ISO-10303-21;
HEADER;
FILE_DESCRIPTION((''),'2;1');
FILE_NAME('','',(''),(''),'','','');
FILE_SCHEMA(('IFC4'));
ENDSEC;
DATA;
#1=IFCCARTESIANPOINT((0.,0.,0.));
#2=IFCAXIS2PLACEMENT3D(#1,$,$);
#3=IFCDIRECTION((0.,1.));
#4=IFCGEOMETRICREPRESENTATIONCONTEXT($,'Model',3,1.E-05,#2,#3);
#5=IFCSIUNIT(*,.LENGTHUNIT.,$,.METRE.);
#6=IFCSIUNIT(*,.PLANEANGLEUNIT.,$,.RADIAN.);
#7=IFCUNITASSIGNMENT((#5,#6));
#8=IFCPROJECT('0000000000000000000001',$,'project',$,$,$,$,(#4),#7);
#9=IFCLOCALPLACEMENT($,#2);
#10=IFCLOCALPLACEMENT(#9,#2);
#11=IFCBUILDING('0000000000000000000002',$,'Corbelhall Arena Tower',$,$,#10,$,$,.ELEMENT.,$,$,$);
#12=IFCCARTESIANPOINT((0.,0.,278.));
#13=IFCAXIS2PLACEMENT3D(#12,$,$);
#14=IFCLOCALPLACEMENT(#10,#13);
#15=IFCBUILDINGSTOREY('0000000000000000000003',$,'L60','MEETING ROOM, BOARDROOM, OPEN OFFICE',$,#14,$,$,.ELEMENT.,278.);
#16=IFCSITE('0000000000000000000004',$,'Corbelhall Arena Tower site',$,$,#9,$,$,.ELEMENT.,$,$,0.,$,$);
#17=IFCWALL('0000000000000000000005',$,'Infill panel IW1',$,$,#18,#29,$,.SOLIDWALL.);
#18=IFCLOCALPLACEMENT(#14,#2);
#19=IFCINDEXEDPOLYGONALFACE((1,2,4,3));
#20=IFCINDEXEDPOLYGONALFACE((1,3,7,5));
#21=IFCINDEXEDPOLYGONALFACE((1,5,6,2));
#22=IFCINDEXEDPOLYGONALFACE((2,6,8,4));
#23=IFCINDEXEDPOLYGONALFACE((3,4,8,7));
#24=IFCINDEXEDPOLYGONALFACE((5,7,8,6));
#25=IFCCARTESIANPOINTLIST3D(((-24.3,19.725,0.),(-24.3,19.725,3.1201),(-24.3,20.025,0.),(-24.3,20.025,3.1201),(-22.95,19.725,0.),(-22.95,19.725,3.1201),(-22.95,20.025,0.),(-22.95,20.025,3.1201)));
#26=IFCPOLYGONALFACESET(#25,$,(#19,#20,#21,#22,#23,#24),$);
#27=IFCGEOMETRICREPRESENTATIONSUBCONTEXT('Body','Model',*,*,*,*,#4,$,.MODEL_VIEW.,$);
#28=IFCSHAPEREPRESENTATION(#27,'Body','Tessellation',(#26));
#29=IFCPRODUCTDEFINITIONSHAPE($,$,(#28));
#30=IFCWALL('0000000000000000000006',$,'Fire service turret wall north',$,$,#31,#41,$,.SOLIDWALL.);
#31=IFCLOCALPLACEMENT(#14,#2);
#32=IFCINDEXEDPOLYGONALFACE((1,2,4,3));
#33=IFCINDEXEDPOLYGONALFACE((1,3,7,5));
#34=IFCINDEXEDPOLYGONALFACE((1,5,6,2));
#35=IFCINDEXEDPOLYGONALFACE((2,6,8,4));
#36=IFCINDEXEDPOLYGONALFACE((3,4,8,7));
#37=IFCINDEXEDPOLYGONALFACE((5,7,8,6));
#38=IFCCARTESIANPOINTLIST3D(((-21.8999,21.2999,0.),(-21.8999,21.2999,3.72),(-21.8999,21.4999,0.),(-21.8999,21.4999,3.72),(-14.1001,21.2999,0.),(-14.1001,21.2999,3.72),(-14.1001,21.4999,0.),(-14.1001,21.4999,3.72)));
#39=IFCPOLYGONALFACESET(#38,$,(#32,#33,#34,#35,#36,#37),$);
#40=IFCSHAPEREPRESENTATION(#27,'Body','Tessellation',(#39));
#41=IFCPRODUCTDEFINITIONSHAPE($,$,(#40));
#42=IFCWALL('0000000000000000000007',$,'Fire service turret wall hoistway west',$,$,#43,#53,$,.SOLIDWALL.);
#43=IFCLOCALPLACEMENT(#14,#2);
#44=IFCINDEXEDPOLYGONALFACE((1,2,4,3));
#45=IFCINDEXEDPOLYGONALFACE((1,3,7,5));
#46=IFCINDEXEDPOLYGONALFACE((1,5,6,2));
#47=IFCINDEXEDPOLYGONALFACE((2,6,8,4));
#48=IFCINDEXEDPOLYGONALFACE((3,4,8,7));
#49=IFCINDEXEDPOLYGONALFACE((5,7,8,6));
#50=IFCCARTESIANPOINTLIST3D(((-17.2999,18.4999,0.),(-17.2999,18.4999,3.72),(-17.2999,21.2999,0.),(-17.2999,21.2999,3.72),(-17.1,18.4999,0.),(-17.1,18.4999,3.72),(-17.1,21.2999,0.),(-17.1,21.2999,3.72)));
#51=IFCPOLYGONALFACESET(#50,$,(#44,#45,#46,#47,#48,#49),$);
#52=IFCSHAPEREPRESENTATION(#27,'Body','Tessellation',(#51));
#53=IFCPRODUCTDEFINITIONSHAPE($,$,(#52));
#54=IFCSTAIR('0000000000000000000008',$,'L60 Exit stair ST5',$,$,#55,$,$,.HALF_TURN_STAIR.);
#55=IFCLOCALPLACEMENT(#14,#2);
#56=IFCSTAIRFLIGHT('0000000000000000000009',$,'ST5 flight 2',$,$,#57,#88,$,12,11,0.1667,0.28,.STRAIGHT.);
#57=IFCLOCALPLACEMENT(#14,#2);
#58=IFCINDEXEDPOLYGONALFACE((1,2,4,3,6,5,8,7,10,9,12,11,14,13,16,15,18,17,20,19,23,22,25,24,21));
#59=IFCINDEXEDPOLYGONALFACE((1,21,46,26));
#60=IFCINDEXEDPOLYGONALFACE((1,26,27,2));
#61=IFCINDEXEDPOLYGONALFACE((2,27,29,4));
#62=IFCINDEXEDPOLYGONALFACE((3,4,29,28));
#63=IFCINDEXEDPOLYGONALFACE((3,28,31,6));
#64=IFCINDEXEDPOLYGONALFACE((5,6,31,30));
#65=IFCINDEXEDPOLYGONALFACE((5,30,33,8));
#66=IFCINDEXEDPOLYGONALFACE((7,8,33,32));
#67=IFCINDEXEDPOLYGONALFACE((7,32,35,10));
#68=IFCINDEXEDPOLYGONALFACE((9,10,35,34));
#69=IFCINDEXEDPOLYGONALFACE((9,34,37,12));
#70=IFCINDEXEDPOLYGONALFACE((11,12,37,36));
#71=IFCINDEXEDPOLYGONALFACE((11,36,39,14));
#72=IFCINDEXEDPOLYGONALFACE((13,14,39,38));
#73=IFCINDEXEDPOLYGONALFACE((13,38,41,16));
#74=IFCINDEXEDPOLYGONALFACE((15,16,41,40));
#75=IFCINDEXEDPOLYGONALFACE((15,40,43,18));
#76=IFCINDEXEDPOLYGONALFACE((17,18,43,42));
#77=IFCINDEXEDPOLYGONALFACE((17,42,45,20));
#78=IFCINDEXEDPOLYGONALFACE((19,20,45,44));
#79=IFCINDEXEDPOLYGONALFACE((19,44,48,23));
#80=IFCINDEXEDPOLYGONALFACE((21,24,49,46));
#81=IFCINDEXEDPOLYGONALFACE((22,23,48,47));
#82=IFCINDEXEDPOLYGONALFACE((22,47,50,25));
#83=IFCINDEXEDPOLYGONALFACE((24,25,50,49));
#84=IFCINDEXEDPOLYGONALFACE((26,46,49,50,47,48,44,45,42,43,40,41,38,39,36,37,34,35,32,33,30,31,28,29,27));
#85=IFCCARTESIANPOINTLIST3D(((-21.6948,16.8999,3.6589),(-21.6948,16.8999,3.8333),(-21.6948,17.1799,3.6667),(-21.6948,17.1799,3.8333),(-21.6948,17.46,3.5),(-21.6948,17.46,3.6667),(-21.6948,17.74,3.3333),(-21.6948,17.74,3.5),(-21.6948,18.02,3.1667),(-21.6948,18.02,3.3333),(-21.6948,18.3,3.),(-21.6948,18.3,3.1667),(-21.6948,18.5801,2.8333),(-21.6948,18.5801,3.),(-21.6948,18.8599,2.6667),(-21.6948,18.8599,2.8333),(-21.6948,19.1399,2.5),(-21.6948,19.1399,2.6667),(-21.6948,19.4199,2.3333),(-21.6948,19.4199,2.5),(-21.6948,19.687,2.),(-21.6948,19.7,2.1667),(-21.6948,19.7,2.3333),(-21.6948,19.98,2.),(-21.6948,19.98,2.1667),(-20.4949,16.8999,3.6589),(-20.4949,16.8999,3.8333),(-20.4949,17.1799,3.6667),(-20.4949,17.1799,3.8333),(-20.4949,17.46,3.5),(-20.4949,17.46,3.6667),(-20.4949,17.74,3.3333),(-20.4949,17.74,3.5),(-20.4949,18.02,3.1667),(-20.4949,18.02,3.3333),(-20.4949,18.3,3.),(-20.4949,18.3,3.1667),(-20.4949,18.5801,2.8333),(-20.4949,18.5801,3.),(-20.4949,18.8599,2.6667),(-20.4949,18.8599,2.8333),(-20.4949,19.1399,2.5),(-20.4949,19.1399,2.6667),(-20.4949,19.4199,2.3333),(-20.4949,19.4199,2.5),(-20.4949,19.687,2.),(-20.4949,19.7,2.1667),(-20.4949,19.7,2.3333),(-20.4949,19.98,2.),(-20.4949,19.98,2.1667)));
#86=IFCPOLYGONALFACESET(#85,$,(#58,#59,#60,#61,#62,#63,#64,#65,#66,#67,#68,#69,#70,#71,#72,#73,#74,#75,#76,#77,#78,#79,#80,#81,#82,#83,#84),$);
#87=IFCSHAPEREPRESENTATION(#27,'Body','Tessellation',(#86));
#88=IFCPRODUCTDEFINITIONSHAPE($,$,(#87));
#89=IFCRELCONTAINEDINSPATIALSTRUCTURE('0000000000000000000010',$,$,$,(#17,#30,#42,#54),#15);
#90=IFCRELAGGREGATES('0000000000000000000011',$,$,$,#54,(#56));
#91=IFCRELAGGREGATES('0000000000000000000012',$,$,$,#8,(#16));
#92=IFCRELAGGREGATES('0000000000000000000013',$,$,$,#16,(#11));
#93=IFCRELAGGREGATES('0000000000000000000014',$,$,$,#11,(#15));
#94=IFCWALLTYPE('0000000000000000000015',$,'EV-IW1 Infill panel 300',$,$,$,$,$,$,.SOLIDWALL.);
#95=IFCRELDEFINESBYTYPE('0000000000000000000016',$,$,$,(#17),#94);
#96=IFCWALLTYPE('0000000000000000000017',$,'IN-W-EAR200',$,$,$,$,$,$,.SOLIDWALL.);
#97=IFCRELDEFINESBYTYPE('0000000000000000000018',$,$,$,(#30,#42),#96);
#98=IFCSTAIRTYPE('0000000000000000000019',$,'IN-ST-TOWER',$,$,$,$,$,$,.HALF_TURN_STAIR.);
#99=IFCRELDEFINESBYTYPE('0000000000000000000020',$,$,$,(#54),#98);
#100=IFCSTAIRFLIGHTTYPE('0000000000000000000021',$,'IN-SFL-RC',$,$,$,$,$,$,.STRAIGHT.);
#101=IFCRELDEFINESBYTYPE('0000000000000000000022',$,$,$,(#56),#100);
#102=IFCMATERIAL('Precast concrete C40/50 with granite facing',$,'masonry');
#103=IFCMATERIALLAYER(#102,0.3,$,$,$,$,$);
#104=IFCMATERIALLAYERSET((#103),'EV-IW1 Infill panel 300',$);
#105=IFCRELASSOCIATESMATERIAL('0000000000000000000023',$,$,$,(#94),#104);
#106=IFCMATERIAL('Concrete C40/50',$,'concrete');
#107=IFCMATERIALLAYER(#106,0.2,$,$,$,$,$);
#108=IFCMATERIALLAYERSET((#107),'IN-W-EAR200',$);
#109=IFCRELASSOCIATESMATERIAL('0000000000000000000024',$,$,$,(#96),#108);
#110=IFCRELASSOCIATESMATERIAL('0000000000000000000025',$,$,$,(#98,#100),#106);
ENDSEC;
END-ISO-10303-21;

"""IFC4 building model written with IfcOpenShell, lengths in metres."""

from ifc_helpers import new_model, si_unit, direction, frame, frame_2d, origin, place, context, subcontext, project, spatial, polyline, rectangle, outline, extrude, material, layer, layer_set, type_object, element, aggregate, save


model = new_model("IFC4")

# Units and contexts
model_context = context("Model", 3, precision=1e-05, world=origin(), true_north=direction((0.0, 1.0)))
body_context = subcontext(model_context, "Body", "Model", "MODEL_VIEW")
ifc_project = project(units=[si_unit("LENGTHUNIT", "METRE"), si_unit("PLANEANGLEUNIT", "RADIAN")], contexts=[model_context])

# Site, building, storey
site_placement = place(None, origin())
site = spatial("IfcSite", under=ifc_project, at=site_placement, Name="Corbelhall Arena Tower site", CompositionType="ELEMENT", RefElevation=0.0)
building_placement = place(site_placement, origin())
building = spatial("IfcBuilding", under=site, at=building_placement, Name="Corbelhall Arena Tower", CompositionType="ELEMENT")
storey_placement = place(building_placement, frame((0.0, 0.0, 278.0)))
storey = spatial("IfcBuildingStorey", under=building, at=storey_placement, Name="L60", Description="MEETING ROOM, BOARDROOM, OPEN OFFICE", CompositionType="ELEMENT", Elevation=278.0)

# Shared definitions
ifc_material_1 = material(Name="Precast concrete C40/50 with granite facing", Category="masonry")
ifc_layer_1 = layer(ifc_material_1, 0.3)
ifc_layer_set_1 = layer_set([ifc_layer_1], Name="EV-IW1 Infill panel 300")
wall_type_1 = type_object("IfcWallType", Name="EV-IW1 Infill panel 300", PredefinedType="SOLIDWALL", material=ifc_layer_set_1)

# Walls
wall_1_placement = place(storey_placement, frame((-22.95, 19.875, 0.0), z_axis=(0.0, 0.0, 1.0), x_axis=(-1.0, 0.0, 0.0)))
element("IfcWall", 1, at=wall_1_placement, inside=storey, type_object=wall_type_1, Name="Infill panel IW1", PredefinedType="SOLIDWALL", context=body_context, shape_type="SweptSolid", body=[
    extrude(rectangle(XDim=1.3501, YDim=0.3, at=frame_2d((0.675, 0.0))), origin(), (0.0, 0.0, 1.0), 3.1201),
])
ifc_material_2 = material(Name="Concrete C40/50", Category="concrete")
ifc_layer_2 = layer(ifc_material_2, 0.2)
ifc_layer_set_2 = layer_set([ifc_layer_2], Name="IN-W-EAR200")
wall_type_2 = type_object("IfcWallType", Name="IN-W-EAR200", PredefinedType="SOLIDWALL", material=ifc_layer_set_2)
wall_2_placement = place(storey_placement, frame((-21.8999, 21.3999, 0.0), z_axis=(0.0, 0.0, 1.0), x_axis=(1.0, 0.0, 0.0)))
element("IfcWall", 2, at=wall_2_placement, inside=storey, type_object=wall_type_2, Name="Fire service turret wall north", PredefinedType="SOLIDWALL", context=body_context, shape_type="SweptSolid", body=[
    extrude(rectangle(XDim=7.7998, YDim=0.2, at=frame_2d((3.8999, 0.0))), origin(), (0.0, 0.0, 1.0), 3.72),
])
wall_3_placement = place(storey_placement, frame((-17.2, 18.5, 0.0), z_axis=(0.0, 0.0, 1.0), x_axis=(0.0, 1.0, 0.0)))
element("IfcWall", 3, at=wall_3_placement, inside=storey, type_object=wall_type_2, Name="Fire service turret wall hoistway west", PredefinedType="SOLIDWALL", context=body_context, shape_type="SweptSolid", body=[
    extrude(rectangle(XDim=2.8, YDim=0.2, at=frame_2d((1.3999, 0.0))), origin(), (0.0, 0.0, 1.0), 3.72),
])

# Stair, stair flight
stair_type = type_object("IfcStairType", Name="IN-ST-TOWER", PredefinedType="HALF_TURN_STAIR", material=ifc_material_2)
stair_placement = place(storey_placement, origin())
stair = element("IfcStair", 4, at=stair_placement, inside=storey, type_object=stair_type, Name="L60 Exit stair ST5", PredefinedType="HALF_TURN_STAIR")
stair_flight_type = type_object("IfcStairFlightType", Name="IN-SFL-RC", PredefinedType="STRAIGHT", material=ifc_material_2)
stair_flight_placement = place(storey_placement, frame((-21.095, 19.98, 2.0), z_axis=(0.0, 0.0, 1.0), x_axis=(0.0, -1.0, 0.0)))
stair_flight = element("IfcStairFlight", 5, at=stair_flight_placement, type_object=stair_flight_type, Name="ST5 flight 2", NumberOfRisers=12, NumberOfTreads=11, PredefinedType="STRAIGHT", RiserHeight=0.1667, TreadLength=0.28, context=body_context, shape_type="SweptSolid", body=[
    extrude(outline(polyline([(0.0, 0.0), (0.0, 0.1667), (0.28, 0.1667), (0.28, 0.3333), (0.5601, 0.3333), (0.5601, 0.5), (0.8401, 0.5), (0.8401, 0.6667), (1.1201, 0.6667), (1.1201, 0.8333), (1.3999, 0.8333), (1.3999, 1.0), (1.6799, 1.0), (1.6799, 1.1667), (1.96, 1.1667), (1.96, 1.3333), (2.24, 1.3333), (2.24, 1.5), (2.52, 1.5), (2.52, 1.6667), (2.8, 1.6667), (2.8, 1.8333), (3.0801, 1.8333), (3.0801, 2.0), (3.0801, 1.6589), (0.293, 0.0), (0.0, 0.0)])), frame((0.0, 0.6001, 0.0), z_axis=(0.0, -1.0, 0.0), x_axis=(1.0, 0.0, 0.0)), (0.0, 0.0, 1.0), 1.2),
])
aggregate(stair, [stair_flight])

save(model, "model.ifc")
